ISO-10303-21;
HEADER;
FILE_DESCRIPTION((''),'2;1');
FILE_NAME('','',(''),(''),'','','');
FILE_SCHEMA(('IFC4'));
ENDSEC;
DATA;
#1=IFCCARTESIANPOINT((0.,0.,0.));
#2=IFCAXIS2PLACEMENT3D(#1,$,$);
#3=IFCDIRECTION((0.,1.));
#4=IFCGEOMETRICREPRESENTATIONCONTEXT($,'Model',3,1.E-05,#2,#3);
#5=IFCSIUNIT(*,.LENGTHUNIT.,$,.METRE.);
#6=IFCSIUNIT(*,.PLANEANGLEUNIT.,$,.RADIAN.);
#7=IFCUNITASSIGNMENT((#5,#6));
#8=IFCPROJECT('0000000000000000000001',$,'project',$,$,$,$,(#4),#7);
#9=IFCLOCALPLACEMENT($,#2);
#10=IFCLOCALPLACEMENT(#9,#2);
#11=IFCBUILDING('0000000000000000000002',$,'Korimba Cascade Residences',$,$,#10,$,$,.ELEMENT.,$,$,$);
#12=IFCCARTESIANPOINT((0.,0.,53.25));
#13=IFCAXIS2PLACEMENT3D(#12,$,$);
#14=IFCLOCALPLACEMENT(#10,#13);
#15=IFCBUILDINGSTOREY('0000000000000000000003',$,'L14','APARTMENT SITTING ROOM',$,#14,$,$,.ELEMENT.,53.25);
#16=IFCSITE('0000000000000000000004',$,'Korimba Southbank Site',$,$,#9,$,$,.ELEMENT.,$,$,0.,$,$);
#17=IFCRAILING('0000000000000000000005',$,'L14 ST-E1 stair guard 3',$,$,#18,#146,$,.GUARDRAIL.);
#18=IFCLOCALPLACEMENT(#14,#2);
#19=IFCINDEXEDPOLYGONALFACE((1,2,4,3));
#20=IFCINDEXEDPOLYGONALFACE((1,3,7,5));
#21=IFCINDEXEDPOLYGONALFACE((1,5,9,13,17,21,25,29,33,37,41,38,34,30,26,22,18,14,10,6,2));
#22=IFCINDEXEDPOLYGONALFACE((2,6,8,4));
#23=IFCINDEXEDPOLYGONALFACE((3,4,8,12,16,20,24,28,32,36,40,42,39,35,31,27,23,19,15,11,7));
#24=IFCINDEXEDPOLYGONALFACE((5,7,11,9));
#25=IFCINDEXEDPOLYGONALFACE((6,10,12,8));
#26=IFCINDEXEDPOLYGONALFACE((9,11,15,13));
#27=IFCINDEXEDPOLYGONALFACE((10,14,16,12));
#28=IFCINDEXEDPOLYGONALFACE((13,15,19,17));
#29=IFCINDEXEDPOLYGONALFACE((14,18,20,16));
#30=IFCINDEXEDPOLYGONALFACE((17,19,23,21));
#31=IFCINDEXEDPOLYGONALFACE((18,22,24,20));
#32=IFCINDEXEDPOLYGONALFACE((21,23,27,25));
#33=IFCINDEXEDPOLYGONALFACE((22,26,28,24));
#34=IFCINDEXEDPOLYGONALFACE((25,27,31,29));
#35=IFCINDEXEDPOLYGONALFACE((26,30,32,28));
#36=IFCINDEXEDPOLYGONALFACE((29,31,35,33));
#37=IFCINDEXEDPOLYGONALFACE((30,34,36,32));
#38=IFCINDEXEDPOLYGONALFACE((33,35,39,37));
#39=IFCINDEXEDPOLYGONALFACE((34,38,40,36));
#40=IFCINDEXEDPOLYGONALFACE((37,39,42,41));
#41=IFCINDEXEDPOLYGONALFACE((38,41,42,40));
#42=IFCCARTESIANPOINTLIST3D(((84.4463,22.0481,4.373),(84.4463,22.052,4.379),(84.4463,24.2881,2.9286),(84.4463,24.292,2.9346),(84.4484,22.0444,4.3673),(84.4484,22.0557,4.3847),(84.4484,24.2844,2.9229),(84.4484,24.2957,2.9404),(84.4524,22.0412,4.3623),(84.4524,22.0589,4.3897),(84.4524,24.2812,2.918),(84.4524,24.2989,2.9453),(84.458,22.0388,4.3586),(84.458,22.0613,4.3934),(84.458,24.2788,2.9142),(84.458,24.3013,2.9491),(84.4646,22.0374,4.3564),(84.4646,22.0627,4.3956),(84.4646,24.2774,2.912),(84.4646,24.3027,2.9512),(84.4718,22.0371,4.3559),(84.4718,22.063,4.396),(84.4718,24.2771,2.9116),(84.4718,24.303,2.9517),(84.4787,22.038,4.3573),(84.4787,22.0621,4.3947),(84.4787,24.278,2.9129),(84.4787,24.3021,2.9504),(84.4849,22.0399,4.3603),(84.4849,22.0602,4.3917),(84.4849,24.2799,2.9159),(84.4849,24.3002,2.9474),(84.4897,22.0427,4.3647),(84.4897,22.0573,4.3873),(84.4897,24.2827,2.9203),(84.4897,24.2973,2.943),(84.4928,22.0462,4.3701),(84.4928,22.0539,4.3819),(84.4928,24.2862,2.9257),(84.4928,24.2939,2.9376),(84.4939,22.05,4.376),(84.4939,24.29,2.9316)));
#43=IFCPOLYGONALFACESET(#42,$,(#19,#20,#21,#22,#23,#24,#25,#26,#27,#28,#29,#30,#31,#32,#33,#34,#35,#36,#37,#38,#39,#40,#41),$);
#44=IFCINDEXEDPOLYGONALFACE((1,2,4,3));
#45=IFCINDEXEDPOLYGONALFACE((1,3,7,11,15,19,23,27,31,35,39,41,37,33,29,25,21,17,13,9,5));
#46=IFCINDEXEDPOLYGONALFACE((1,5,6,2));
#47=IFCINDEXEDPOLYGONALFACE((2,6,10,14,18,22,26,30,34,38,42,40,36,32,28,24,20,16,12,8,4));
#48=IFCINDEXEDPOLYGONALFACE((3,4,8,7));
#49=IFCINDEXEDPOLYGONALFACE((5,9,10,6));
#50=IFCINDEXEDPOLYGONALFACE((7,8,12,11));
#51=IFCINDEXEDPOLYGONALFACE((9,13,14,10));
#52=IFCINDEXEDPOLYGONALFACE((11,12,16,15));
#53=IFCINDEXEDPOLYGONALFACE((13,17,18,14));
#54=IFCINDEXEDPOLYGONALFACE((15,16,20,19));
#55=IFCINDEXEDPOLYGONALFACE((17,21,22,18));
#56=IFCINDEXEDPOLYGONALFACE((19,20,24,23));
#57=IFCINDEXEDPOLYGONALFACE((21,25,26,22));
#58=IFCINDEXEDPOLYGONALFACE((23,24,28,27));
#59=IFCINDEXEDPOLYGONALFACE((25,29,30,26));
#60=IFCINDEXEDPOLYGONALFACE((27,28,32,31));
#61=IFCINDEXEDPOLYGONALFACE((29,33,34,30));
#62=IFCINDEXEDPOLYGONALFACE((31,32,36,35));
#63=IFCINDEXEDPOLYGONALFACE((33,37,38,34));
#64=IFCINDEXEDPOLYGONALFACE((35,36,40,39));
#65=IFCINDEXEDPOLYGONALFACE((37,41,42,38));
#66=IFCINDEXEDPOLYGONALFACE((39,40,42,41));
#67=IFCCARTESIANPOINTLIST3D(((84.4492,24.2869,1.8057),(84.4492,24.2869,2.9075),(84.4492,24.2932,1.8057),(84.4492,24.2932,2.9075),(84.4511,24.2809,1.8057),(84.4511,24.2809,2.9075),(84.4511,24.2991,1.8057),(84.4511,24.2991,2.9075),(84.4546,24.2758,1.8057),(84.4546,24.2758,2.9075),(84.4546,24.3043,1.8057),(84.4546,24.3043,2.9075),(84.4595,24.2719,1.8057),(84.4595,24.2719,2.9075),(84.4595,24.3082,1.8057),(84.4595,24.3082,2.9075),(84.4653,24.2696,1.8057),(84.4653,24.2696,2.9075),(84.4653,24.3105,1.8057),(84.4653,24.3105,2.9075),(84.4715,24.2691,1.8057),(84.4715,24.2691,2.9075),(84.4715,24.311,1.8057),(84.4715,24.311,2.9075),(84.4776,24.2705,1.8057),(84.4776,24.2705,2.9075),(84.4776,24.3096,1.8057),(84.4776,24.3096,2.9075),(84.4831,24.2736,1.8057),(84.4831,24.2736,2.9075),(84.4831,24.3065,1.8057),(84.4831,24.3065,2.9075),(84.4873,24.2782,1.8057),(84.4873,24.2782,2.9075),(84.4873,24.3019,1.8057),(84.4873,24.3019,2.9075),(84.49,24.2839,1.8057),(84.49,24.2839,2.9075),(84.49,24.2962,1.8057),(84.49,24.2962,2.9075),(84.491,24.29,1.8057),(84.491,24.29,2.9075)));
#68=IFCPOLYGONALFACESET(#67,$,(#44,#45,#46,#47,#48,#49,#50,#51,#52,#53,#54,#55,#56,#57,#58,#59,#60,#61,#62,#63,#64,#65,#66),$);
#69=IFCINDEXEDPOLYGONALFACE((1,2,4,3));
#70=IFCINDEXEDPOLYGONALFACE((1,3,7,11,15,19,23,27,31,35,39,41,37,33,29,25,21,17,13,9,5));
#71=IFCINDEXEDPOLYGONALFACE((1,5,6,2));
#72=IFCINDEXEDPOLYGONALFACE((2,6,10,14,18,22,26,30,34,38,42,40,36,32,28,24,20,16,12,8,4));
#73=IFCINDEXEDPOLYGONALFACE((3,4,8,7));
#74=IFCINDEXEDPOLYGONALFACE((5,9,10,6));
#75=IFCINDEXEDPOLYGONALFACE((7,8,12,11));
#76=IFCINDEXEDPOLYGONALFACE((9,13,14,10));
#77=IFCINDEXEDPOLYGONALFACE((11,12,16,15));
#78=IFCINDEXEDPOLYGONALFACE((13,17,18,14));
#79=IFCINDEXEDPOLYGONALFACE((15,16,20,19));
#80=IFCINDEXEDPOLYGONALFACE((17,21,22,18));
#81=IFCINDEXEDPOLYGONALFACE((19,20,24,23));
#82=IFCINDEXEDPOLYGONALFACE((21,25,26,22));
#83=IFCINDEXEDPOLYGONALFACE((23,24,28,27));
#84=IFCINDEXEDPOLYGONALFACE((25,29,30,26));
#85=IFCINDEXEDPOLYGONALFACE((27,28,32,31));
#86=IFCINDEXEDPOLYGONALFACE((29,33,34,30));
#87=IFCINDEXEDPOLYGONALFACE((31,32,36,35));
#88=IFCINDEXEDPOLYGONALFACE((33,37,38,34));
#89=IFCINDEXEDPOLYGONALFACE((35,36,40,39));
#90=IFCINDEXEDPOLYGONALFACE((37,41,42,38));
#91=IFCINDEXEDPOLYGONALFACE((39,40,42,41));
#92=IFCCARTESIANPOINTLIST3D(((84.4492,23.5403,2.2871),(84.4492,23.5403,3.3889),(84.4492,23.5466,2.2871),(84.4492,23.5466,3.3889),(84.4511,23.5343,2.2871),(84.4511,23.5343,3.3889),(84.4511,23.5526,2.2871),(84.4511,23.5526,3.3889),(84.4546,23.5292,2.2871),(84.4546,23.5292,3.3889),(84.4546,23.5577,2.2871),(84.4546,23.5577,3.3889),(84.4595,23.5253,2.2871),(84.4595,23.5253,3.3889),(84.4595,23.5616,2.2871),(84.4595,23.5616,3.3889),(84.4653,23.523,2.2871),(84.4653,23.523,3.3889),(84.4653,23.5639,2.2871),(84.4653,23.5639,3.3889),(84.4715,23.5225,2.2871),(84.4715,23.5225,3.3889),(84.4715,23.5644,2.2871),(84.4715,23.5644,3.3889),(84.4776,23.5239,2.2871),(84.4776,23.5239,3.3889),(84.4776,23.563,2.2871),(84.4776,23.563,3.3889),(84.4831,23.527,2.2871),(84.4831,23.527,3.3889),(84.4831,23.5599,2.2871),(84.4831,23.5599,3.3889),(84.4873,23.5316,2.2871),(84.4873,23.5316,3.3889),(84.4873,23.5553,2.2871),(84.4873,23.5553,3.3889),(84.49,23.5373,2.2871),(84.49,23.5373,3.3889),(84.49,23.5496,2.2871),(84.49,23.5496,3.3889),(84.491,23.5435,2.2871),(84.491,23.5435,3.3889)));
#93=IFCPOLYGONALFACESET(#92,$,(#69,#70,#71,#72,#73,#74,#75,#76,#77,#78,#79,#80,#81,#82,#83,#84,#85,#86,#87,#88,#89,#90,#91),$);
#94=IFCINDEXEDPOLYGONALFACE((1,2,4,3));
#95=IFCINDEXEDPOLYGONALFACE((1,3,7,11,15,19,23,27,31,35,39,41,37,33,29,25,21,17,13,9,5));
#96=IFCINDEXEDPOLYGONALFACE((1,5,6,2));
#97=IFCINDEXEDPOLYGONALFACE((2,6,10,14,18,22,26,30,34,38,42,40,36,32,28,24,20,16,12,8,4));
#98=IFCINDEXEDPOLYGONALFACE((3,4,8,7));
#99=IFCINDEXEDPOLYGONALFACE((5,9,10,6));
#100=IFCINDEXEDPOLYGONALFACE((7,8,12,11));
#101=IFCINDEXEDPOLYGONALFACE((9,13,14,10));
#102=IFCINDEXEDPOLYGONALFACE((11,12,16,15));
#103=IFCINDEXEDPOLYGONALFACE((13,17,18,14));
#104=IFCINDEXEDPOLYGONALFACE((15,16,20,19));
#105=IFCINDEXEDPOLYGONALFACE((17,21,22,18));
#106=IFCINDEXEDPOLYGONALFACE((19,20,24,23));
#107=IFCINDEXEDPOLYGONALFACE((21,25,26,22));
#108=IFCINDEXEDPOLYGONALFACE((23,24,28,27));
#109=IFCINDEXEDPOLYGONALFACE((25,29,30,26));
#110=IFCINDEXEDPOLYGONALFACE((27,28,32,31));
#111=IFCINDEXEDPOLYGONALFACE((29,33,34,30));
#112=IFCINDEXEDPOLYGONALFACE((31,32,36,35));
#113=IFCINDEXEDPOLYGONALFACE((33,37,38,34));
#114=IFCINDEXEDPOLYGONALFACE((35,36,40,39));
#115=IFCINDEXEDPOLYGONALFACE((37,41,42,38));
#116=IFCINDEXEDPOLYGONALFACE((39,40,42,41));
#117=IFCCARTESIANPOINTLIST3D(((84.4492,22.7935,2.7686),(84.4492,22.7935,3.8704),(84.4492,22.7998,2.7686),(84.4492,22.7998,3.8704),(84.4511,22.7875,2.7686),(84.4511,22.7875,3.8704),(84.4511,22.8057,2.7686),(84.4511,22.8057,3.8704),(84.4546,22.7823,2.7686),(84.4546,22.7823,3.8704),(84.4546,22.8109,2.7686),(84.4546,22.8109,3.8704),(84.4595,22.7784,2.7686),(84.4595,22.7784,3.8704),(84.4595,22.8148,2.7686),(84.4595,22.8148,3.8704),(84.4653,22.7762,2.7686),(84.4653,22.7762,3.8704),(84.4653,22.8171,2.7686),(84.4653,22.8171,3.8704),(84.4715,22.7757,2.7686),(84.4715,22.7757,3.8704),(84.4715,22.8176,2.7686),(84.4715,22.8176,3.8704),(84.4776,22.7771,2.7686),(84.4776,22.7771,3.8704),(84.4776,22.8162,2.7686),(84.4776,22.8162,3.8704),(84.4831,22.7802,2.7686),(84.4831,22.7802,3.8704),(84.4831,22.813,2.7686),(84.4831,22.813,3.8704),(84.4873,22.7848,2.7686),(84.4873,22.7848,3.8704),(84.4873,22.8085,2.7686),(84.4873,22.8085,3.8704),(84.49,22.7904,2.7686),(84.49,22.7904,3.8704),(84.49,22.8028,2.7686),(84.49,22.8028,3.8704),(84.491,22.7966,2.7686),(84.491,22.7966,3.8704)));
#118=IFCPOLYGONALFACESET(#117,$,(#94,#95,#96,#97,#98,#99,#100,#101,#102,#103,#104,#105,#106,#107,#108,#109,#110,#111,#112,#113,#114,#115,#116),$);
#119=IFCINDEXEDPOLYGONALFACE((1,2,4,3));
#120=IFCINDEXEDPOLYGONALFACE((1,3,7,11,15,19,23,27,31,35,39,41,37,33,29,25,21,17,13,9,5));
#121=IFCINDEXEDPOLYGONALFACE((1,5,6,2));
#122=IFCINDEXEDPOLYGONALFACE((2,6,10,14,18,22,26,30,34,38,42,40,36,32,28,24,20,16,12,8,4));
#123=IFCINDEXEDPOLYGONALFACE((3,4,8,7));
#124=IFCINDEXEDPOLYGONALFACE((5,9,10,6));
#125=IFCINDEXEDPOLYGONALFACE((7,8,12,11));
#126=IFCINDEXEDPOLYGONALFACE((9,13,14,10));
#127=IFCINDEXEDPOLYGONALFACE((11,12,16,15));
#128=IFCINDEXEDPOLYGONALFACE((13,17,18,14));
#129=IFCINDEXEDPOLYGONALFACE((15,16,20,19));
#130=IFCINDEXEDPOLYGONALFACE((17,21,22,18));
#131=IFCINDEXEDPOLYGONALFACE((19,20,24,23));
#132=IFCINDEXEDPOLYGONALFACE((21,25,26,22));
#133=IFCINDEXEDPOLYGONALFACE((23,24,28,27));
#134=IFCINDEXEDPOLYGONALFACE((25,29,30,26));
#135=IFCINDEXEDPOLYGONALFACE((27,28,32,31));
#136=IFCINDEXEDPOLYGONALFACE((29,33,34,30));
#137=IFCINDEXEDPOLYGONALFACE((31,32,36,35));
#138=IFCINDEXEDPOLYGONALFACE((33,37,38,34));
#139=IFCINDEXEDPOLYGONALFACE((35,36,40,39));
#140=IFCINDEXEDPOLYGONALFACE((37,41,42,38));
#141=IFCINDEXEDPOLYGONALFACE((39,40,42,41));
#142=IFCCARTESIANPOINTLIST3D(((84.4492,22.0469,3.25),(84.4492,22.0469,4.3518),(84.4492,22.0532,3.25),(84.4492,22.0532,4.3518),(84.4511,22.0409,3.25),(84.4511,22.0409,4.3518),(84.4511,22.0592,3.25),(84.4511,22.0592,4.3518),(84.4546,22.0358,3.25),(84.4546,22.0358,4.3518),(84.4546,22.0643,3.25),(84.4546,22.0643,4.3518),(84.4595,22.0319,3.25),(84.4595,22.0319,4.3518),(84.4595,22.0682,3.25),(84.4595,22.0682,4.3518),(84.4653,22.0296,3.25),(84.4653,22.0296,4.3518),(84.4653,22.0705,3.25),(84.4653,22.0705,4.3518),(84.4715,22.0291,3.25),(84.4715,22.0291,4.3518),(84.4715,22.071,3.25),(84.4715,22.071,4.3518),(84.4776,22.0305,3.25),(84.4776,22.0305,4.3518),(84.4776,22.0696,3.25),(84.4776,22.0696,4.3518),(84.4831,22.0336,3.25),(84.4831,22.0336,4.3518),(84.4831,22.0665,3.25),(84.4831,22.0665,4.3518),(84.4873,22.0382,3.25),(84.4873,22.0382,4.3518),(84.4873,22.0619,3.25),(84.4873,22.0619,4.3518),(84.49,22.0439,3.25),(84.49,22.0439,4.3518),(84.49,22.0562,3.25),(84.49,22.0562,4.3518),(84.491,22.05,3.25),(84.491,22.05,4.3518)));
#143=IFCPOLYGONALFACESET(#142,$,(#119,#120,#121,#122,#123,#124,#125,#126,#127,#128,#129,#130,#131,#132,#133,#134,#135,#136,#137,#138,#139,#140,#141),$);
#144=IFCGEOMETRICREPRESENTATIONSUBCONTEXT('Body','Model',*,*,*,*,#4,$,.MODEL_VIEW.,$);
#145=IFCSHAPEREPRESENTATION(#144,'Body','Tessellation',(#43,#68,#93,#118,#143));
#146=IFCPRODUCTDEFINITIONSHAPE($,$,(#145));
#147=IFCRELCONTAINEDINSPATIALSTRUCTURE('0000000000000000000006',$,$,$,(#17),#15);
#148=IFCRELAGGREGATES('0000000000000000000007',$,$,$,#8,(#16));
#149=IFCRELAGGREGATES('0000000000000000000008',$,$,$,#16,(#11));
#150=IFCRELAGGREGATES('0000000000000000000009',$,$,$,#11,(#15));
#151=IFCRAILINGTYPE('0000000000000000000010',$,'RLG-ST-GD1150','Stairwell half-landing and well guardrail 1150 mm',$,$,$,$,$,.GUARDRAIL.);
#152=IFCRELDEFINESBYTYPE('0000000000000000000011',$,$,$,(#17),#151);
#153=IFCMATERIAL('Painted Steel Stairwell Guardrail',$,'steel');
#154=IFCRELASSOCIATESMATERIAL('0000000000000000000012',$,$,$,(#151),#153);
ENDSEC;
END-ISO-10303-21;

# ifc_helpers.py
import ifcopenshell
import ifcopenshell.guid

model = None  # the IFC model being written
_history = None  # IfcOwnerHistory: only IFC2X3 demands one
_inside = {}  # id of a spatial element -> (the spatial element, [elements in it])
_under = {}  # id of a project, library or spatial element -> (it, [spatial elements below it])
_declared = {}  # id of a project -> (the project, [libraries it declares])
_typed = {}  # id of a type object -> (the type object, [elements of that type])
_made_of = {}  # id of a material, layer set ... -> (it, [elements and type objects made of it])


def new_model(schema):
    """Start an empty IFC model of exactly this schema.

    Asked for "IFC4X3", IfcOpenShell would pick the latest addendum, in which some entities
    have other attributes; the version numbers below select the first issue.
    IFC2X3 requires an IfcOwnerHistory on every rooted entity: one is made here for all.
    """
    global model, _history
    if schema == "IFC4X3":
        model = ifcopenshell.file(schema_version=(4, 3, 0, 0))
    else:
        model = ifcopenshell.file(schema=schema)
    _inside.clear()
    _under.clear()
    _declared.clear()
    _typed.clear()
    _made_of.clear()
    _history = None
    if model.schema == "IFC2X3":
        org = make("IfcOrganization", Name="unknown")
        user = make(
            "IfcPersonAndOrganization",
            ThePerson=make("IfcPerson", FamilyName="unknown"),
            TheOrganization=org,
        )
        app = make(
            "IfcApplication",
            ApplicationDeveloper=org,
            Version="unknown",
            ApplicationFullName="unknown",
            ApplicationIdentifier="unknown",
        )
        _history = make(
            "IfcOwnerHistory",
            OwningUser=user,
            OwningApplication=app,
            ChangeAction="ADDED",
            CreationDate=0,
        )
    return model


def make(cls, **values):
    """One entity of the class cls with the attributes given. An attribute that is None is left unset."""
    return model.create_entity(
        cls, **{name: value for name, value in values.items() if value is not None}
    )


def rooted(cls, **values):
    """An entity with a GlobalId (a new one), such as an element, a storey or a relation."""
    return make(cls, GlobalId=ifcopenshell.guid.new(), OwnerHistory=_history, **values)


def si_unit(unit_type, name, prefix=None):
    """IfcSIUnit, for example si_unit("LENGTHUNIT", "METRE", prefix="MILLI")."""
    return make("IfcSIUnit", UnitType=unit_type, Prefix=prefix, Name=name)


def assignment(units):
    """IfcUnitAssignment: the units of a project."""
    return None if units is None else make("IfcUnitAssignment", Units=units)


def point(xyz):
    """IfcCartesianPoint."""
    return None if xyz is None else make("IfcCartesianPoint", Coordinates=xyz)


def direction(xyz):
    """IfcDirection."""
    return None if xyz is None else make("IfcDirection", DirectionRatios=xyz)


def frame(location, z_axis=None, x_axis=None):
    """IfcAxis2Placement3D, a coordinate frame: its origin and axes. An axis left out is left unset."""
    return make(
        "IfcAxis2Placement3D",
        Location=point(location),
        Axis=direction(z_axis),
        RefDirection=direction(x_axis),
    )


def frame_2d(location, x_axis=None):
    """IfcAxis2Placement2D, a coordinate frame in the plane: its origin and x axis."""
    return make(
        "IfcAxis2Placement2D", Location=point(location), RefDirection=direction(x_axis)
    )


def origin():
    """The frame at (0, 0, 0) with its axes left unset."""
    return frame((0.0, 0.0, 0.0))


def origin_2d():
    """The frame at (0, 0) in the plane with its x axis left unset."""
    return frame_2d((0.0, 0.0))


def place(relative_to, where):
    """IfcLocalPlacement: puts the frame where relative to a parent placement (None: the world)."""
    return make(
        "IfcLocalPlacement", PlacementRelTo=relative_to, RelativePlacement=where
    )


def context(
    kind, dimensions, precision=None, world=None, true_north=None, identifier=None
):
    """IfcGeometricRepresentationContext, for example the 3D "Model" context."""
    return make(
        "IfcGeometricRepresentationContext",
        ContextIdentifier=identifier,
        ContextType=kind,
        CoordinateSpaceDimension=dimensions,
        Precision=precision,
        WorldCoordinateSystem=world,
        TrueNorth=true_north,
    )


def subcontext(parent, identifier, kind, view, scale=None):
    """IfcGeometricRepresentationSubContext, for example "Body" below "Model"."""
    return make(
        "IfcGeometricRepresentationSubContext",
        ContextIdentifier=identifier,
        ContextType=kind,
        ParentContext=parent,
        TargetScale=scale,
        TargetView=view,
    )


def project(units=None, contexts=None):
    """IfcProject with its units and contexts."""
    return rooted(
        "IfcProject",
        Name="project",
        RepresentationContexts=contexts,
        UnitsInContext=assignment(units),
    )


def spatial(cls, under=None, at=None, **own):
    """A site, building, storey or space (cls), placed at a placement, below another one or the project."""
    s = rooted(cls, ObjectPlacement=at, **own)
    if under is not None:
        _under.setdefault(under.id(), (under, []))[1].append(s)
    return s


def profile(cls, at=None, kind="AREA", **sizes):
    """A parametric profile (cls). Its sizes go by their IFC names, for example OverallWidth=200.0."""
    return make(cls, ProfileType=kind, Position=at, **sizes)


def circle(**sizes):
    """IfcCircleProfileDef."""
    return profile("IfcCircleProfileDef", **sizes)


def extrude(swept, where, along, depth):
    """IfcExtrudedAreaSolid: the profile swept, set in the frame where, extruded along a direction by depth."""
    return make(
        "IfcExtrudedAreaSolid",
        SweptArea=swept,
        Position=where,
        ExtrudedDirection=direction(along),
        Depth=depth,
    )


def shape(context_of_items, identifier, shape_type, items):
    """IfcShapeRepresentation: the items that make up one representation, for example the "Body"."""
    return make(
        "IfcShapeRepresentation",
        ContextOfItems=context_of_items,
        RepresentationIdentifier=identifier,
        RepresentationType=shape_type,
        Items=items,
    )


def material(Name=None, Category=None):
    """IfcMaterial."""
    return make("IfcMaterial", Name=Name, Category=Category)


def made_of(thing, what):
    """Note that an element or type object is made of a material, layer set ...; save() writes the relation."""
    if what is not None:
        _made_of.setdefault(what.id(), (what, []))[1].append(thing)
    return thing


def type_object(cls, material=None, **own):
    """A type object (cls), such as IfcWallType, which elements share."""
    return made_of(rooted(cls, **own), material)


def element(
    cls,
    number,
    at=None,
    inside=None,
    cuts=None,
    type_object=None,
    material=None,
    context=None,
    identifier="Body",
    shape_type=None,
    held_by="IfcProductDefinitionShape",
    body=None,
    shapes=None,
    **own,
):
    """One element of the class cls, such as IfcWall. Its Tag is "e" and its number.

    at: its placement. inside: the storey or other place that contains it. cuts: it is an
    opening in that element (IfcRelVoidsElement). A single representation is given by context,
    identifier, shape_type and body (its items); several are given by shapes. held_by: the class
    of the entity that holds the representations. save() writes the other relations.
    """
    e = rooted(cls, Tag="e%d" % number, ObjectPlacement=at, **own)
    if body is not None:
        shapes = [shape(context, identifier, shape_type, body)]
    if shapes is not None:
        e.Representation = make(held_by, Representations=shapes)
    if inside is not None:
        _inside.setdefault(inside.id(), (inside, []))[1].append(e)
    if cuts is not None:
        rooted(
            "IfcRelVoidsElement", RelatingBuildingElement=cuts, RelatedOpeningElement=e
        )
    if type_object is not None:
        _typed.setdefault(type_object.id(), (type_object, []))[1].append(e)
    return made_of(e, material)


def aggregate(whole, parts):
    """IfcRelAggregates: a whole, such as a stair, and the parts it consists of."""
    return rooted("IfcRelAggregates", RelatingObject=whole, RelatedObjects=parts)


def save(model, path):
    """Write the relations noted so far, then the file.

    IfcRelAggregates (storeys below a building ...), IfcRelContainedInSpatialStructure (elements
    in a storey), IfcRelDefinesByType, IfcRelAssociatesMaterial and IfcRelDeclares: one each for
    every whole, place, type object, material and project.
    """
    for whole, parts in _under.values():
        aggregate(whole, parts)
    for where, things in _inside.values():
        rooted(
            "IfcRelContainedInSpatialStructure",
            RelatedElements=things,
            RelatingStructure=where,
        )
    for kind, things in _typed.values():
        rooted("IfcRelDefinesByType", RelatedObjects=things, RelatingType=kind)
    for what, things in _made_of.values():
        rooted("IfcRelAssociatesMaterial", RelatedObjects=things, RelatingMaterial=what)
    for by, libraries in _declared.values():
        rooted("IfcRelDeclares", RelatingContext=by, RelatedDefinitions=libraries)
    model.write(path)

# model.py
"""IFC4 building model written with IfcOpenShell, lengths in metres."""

from ifc_helpers import new_model, si_unit, direction, frame, origin, origin_2d, place, context, subcontext, project, spatial, circle, extrude, material, type_object, element, save


model = new_model("IFC4")

# Units and contexts
model_context = context("Model", 3, precision=1e-05, world=origin(), true_north=direction((0.0, 1.0)))
body_context = subcontext(model_context, "Body", "Model", "MODEL_VIEW")
ifc_project = project(units=[si_unit("LENGTHUNIT", "METRE"), si_unit("PLANEANGLEUNIT", "RADIAN")], contexts=[model_context])

# Site, building, storey
site_placement = place(None, origin())
site = spatial("IfcSite", under=ifc_project, at=site_placement, Name="Korimba Southbank Site", CompositionType="ELEMENT", RefElevation=0.0)
building_placement = place(site_placement, origin())
building = spatial("IfcBuilding", under=site, at=building_placement, Name="Korimba Cascade Residences", CompositionType="ELEMENT")
storey_placement = place(building_placement, frame((0.0, 0.0, 53.25)))
storey = spatial("IfcBuildingStorey", under=building, at=storey_placement, Name="L14", Description="APARTMENT SITTING ROOM", CompositionType="ELEMENT", Elevation=53.25)

# Railing
ifc_material_1 = material(Name="Painted Steel Stairwell Guardrail", Category="steel")
railing_type_1 = type_object("IfcRailingType", Name="RLG-ST-GD1150", Description="Stairwell half-landing and well guardrail 1150 mm", PredefinedType="GUARDRAIL", material=ifc_material_1)
railing_1_placement = place(storey_placement, frame((84.47, 24.29, 1.8057)))
element("IfcRailing", 1, at=railing_1_placement, inside=storey, type_object=railing_type_1, Name="L14 ST-E1 stair guard 3", PredefinedType="GUARDRAIL", context=body_context, shape_type="SweptSolid", body=[
    extrude(circle(Radius=0.0239, at=origin_2d()), frame((0.0, 0.0, 1.126), z_axis=(0.0, -0.840437, 0.54191), x_axis=(1.0, 0.0, 0.0)), (0.0, 0.0, 1.0), 2.6653),
    extrude(circle(Radius=0.021, at=origin_2d()), origin(), (0.0, 0.0, 1.0), 1.1018),
    extrude(circle(Radius=0.021, at=origin_2d()), frame((0.0, -0.7466, 0.4814)), (0.0, 0.0, 1.0), 1.1018),
    extrude(circle(Radius=0.021, at=origin_2d()), frame((0.0, -1.4934, 0.9629)), (0.0, 0.0, 1.0), 1.1018),
    extrude(circle(Radius=0.021, at=origin_2d()), frame((0.0, -2.24, 1.4443)), (0.0, 0.0, 1.0), 1.1018),
])

save(model, "model.ifc")
